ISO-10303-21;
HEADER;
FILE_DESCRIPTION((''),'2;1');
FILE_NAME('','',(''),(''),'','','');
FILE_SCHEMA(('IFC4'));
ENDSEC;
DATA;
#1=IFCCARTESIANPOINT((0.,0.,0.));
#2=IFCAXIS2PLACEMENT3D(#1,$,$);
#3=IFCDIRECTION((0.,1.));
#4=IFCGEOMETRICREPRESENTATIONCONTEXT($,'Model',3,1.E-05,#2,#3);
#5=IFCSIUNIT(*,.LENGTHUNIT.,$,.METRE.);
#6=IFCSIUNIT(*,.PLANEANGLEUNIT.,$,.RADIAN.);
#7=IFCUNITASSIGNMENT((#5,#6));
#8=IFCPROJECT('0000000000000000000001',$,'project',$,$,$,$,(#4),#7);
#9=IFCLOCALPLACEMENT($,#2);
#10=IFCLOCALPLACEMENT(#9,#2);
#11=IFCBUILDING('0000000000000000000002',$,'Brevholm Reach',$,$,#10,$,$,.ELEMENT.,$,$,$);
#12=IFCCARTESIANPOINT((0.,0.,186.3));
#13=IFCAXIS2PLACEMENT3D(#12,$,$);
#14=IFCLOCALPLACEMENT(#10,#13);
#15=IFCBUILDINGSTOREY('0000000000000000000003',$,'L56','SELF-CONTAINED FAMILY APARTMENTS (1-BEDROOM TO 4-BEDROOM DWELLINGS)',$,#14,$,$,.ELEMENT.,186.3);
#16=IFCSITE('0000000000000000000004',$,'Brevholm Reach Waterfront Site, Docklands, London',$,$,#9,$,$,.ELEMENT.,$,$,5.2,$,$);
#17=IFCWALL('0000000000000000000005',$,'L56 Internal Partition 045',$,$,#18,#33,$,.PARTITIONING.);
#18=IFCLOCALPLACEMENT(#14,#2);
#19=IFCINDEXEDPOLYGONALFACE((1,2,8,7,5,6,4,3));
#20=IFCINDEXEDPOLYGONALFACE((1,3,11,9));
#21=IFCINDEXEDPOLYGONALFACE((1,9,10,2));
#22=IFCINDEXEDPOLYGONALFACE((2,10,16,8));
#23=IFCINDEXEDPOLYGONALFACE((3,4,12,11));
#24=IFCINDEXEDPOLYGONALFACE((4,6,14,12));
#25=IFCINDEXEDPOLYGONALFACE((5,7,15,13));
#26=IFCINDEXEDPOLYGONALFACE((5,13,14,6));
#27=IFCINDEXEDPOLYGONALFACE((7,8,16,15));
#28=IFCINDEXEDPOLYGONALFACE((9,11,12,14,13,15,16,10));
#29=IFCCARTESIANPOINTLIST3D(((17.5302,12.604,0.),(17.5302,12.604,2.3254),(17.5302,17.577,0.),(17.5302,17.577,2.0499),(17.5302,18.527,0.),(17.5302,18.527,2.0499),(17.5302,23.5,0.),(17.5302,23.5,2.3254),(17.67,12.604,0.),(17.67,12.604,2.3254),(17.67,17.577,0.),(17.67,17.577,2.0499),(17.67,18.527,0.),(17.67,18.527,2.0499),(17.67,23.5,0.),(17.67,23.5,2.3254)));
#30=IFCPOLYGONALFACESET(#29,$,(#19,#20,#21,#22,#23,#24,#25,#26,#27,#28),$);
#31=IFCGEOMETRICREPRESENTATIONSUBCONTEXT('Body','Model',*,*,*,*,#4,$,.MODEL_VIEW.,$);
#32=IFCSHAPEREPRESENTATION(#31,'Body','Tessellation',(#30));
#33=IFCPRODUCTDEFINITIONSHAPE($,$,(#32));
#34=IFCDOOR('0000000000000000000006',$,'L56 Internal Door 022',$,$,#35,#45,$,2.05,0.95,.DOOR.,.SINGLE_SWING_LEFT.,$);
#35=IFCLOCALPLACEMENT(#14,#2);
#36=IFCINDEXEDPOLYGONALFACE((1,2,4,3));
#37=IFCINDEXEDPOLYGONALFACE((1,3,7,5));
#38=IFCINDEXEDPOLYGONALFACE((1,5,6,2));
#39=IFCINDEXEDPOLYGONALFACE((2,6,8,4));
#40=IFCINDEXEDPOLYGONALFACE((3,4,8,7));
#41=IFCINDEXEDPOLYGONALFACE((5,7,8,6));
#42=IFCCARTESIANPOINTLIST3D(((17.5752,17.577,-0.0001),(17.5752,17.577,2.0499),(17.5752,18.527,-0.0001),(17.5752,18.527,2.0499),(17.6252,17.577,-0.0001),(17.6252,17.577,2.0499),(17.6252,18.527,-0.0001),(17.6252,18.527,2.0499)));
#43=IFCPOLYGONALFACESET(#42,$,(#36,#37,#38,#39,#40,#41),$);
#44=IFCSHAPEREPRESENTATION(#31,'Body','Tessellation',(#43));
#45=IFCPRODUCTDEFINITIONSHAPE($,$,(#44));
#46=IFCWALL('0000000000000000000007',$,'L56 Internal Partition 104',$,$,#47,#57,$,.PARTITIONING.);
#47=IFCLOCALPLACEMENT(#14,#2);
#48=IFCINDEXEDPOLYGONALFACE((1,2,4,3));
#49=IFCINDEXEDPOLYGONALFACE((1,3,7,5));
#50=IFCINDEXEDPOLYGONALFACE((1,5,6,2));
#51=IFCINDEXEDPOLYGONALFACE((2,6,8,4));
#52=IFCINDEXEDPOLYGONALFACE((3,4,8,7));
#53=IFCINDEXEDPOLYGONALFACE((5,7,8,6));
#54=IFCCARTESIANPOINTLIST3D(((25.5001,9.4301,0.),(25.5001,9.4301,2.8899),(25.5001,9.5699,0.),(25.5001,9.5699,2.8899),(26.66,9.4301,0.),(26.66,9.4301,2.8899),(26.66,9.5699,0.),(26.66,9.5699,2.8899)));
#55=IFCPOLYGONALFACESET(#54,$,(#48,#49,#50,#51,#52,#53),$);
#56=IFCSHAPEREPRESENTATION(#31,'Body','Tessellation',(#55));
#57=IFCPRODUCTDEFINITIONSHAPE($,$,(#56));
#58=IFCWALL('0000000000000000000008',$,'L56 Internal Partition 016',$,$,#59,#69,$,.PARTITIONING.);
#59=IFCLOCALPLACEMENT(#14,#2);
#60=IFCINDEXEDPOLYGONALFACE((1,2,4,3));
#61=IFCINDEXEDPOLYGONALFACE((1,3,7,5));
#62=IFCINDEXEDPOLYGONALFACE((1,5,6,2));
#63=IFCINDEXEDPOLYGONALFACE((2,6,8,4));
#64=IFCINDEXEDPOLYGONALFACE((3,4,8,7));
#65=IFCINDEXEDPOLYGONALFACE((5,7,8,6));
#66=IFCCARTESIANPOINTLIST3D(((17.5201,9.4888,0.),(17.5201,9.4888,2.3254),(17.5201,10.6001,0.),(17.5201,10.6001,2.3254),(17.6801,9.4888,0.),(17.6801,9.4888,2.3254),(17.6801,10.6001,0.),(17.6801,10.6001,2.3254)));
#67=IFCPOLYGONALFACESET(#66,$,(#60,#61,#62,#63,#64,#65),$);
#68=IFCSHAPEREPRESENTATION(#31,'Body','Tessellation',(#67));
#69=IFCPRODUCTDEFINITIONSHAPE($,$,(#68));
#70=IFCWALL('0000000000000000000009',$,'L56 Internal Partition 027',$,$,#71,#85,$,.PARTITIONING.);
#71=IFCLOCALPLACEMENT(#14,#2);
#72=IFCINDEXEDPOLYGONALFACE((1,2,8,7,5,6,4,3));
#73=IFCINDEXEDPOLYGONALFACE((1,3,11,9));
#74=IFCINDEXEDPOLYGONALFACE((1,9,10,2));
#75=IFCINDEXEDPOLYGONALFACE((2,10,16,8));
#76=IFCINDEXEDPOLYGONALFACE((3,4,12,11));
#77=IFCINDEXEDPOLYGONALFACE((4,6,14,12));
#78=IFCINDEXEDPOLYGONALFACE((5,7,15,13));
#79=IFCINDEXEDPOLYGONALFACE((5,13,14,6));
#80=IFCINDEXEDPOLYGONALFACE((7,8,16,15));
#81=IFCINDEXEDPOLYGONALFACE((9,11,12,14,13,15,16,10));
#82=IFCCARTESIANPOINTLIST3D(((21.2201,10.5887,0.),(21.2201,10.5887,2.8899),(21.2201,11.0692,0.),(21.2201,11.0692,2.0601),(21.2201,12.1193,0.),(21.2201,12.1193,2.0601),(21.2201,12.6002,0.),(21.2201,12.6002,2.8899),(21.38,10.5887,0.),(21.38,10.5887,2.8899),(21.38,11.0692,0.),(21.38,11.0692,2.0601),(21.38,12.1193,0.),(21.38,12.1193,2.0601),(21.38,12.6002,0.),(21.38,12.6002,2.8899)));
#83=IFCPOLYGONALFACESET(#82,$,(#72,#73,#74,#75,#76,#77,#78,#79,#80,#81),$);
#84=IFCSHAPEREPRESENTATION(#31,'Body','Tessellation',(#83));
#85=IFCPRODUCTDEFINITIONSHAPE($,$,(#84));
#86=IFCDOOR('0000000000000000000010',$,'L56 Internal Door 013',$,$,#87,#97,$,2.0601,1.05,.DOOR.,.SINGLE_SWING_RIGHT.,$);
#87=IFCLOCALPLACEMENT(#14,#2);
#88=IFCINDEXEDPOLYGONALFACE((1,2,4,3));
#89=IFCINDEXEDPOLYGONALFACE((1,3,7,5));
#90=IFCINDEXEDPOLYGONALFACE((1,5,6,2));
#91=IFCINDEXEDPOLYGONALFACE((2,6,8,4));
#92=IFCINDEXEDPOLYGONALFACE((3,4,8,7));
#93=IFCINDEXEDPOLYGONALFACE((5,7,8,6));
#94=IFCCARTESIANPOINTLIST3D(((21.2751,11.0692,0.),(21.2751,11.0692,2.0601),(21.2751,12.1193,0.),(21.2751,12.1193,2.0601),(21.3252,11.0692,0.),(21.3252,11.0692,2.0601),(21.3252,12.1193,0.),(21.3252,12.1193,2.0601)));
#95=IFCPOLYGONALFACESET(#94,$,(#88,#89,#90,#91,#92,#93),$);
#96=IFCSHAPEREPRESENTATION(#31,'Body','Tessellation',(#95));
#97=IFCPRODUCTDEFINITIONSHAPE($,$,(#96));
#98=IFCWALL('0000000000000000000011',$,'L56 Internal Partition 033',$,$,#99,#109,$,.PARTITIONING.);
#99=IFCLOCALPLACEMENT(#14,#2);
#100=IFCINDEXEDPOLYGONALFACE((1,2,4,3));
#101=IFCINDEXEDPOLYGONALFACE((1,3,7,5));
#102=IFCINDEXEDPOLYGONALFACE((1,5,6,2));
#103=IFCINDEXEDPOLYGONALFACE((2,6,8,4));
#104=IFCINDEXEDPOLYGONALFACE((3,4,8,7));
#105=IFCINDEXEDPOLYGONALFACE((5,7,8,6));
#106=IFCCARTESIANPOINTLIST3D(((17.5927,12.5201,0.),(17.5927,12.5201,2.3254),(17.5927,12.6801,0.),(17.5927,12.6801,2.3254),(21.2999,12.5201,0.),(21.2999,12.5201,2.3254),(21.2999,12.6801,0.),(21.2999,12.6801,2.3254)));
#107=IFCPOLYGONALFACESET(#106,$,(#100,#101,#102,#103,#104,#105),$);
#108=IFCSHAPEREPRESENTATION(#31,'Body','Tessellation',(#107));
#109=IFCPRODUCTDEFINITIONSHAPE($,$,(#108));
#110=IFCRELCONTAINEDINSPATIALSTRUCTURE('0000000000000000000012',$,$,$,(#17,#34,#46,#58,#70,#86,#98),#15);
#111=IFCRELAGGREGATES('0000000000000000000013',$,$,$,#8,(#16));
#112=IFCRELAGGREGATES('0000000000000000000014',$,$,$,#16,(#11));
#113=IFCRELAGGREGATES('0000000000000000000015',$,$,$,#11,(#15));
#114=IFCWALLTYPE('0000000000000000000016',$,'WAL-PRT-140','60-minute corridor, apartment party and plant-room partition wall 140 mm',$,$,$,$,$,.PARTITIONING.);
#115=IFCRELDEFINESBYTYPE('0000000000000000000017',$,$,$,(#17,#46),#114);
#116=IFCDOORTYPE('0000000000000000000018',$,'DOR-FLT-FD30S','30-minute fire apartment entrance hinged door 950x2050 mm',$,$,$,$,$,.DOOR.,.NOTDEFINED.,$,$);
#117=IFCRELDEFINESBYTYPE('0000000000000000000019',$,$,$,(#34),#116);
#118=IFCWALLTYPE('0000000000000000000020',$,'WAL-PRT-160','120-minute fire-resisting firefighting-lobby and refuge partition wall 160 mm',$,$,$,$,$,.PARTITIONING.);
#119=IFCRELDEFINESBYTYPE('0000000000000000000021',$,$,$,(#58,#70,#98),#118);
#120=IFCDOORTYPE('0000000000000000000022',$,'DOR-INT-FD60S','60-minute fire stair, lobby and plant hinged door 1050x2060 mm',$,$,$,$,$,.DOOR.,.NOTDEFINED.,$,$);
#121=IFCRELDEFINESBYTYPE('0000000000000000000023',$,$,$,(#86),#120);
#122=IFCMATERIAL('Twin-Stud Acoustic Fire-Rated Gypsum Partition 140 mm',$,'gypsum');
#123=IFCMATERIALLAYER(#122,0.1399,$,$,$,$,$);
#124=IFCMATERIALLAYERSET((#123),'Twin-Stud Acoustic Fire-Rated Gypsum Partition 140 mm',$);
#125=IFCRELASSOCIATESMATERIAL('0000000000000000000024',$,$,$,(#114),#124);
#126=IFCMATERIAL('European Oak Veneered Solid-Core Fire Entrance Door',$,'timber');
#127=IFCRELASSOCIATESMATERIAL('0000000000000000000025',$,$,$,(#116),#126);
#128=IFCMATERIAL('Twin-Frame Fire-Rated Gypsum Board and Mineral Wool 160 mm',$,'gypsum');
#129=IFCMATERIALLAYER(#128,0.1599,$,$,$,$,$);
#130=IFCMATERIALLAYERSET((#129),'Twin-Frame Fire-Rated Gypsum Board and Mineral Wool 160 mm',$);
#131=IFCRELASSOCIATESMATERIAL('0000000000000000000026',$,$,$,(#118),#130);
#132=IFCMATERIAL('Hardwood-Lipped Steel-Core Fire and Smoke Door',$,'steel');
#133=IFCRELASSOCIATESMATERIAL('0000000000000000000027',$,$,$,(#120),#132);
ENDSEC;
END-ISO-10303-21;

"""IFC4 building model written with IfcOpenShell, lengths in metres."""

from ifc_helpers import new_model, si_unit, direction, frame, frame_2d, origin, place, context, subcontext, project, spatial, rectangle, extrude, material, layer, layer_set, type_object, element, fill, save


model = new_model("IFC4")

# Units and contexts
model_context = context("Model", 3, precision=1e-05, world=origin(), true_north=direction((0.0, 1.0)))
body_context = subcontext(model_context, "Body", "Model", "MODEL_VIEW")
ifc_project = project(units=[si_unit("LENGTHUNIT", "METRE"), si_unit("PLANEANGLEUNIT", "RADIAN")], contexts=[model_context])

# Site, building, storey
site_placement = place(None, origin())
site = spatial("IfcSite", under=ifc_project, at=site_placement, Name="Brevholm Reach Waterfront Site, Docklands, London", CompositionType="ELEMENT", RefElevation=5.2)
building_placement = place(site_placement, origin())
building = spatial("IfcBuilding", under=site, at=building_placement, Name="Brevholm Reach", CompositionType="ELEMENT")
storey_placement = place(building_placement, frame((0.0, 0.0, 186.3)))
storey = spatial("IfcBuildingStorey", under=building, at=storey_placement, Name="L56", Description="SELF-CONTAINED FAMILY APARTMENTS (1-BEDROOM TO 4-BEDROOM DWELLINGS)", CompositionType="ELEMENT", Elevation=186.3)

# Wall, opening, door
ifc_material_1 = material(Name="Twin-Stud Acoustic Fire-Rated Gypsum Partition 140 mm", Category="gypsum")
ifc_layer_1 = layer(ifc_material_1, 0.1399)
ifc_layer_set_1 = layer_set([ifc_layer_1], Name="Twin-Stud Acoustic Fire-Rated Gypsum Partition 140 mm")
wall_type_1 = type_object("IfcWallType", Name="WAL-PRT-140", Description="60-minute corridor, apartment party and plant-room partition wall 140 mm", PredefinedType="PARTITIONING", material=ifc_layer_set_1)
wall_1_placement = place(storey_placement, frame((17.6001, 12.604, 0.0), z_axis=(0.0, 0.0, 1.0), x_axis=(0.0, 1.0, 0.0)))
wall_1 = element("IfcWall", 1, at=wall_1_placement, inside=storey, type_object=wall_type_1, Name="L56 Internal Partition 045", PredefinedType="PARTITIONING", context=body_context, shape_type="SweptSolid", body=[
    extrude(rectangle(XDim=10.896, YDim=0.1399, at=frame_2d((5.448, 0.0))), origin(), (0.0, 0.0, 1.0), 2.3254),
])
opening_1_placement = place(wall_1_placement, frame((4.9729, 0.0, 0.0)))
opening_1 = element("IfcOpeningElement", 2, at=opening_1_placement, cuts=wall_1, PredefinedType="OPENING", context=body_context, shape_type="SweptSolid", body=[
    extrude(rectangle(XDim=0.95, YDim=2.05, at=frame_2d((0.4751, 1.0249))), frame((0.0, 0.0798, 0.0), z_axis=(0.0, -1.0, 0.0), x_axis=(1.0, 0.0, 0.0)), (0.0, 0.0, 1.0), 0.1599),
])
ifc_material_2 = material(Name="European Oak Veneered Solid-Core Fire Entrance Door", Category="timber")
door_type_1 = type_object("IfcDoorType", Name="DOR-FLT-FD30S", Description="30-minute fire apartment entrance hinged door 950x2050 mm", OperationType="NOTDEFINED", PredefinedType="DOOR", material=ifc_material_2)
door_1_placement = place(opening_1_placement, origin())
door_1 = element("IfcDoor", 3, at=door_1_placement, inside=storey, type_object=door_type_1, Name="L56 Internal Door 022", OperationType="SINGLE_SWING_LEFT", OverallHeight=2.05, OverallWidth=0.95, PredefinedType="DOOR", context=body_context, shape_type="SweptSolid", body=[
    extrude(rectangle(XDim=0.95, YDim=2.05, at=frame_2d((0.4751, 1.0249))), frame((0.0, 0.0249, 0.0), z_axis=(0.0, -1.0, 0.0), x_axis=(1.0, 0.0, 0.0)), (0.0, 0.0, 1.0), 0.05),
])
fill(opening_1, door_1)

# Walls
wall_2_placement = place(storey_placement, frame((25.5, 9.5, 0.0), z_axis=(0.0, 0.0, 1.0), x_axis=(1.0, 0.0, 0.0)))
element("IfcWall", 4, at=wall_2_placement, inside=storey, type_object=wall_type_1, Name="L56 Internal Partition 104", PredefinedType="PARTITIONING", context=body_context, shape_type="SweptSolid", body=[
    extrude(rectangle(XDim=1.1599, YDim=0.1399, at=frame_2d((0.5801, 0.0))), origin(), (0.0, 0.0, 1.0), 2.8899),
])
ifc_material_3 = material(Name="Twin-Frame Fire-Rated Gypsum Board and Mineral Wool 160 mm", Category="gypsum")
ifc_layer_2 = layer(ifc_material_3, 0.1599)
ifc_layer_set_2 = layer_set([ifc_layer_2], Name="Twin-Frame Fire-Rated Gypsum Board and Mineral Wool 160 mm")
wall_type_2 = type_object("IfcWallType", Name="WAL-PRT-160", Description="120-minute fire-resisting firefighting-lobby and refuge partition wall 160 mm", PredefinedType="PARTITIONING", material=ifc_layer_set_2)
wall_3_placement = place(storey_placement, frame((17.6001, 9.4888, 0.0), z_axis=(0.0, 0.0, 1.0), x_axis=(0.0, 1.0, 0.0)))
element("IfcWall", 5, at=wall_3_placement, inside=storey, type_object=wall_type_2, Name="L56 Internal Partition 016", PredefinedType="PARTITIONING", context=body_context, shape_type="SweptSolid", body=[
    extrude(rectangle(XDim=1.1113, YDim=0.1599, at=frame_2d((0.5557, 0.0))), origin(), (0.0, 0.0, 1.0), 2.3254),
])

# Wall, opening, door
wall_4_placement = place(storey_placement, frame((21.3, 10.5886, 0.0), z_axis=(0.0, 0.0, 1.0), x_axis=(0.0, 1.0, 0.0)))
wall_4 = element("IfcWall", 6, at=wall_4_placement, inside=storey, type_object=wall_type_2, Name="L56 Internal Partition 027", PredefinedType="PARTITIONING", context=body_context, shape_type="SweptSolid", body=[
    extrude(rectangle(XDim=2.0115, YDim=0.1599, at=frame_2d((1.0059, 0.0))), origin(), (0.0, 0.0, 1.0), 2.8899),
])
opening_2_placement = place(wall_4_placement, frame((0.4807, 0.0, 0.0)))
opening_2 = element("IfcOpeningElement", 7, at=opening_2_placement, cuts=wall_4, PredefinedType="OPENING", context=body_context, shape_type="SweptSolid", body=[
    extrude(rectangle(XDim=1.05, YDim=2.0601, at=frame_2d((0.5249, 1.03))), frame((0.0, 0.0898, 0.0), z_axis=(0.0, -1.0, 0.0), x_axis=(1.0, 0.0, 0.0)), (0.0, 0.0, 1.0), 0.1799),
])
ifc_material_4 = material(Name="Hardwood-Lipped Steel-Core Fire and Smoke Door", Category="steel")
door_type_2 = type_object("IfcDoorType", Name="DOR-INT-FD60S", Description="60-minute fire stair, lobby and plant hinged door 1050x2060 mm", OperationType="NOTDEFINED", PredefinedType="DOOR", material=ifc_material_4)
door_2_placement = place(opening_2_placement, origin())
door_2 = element("IfcDoor", 8, at=door_2_placement, inside=storey, type_object=door_type_2, Name="L56 Internal Door 013", OperationType="SINGLE_SWING_RIGHT", OverallHeight=2.0601, OverallWidth=1.05, PredefinedType="DOOR", context=body_context, shape_type="SweptSolid", body=[
    extrude(rectangle(XDim=1.05, YDim=2.0601, at=frame_2d((0.5249, 1.03))), frame((0.0, 0.0249, 0.0), z_axis=(0.0, -1.0, 0.0), x_axis=(1.0, 0.0, 0.0)), (0.0, 0.0, 1.0), 0.05),
])
fill(opening_2, door_2)

# Wall
wall_5_placement = place(storey_placement, frame((17.5928, 12.6001, 0.0), z_axis=(0.0, 0.0, 1.0), x_axis=(1.0, 0.0, 0.0)))
element("IfcWall", 9, at=wall_5_placement, inside=storey, type_object=wall_type_2, Name="L56 Internal Partition 033", PredefinedType="PARTITIONING", context=body_context, shape_type="SweptSolid", body=[
    extrude(rectangle(XDim=3.7073, YDim=0.1599, at=frame_2d((1.8535, 0.0))), origin(), (0.0, 0.0, 1.0), 2.3254),
])

save(model, "model.ifc")
